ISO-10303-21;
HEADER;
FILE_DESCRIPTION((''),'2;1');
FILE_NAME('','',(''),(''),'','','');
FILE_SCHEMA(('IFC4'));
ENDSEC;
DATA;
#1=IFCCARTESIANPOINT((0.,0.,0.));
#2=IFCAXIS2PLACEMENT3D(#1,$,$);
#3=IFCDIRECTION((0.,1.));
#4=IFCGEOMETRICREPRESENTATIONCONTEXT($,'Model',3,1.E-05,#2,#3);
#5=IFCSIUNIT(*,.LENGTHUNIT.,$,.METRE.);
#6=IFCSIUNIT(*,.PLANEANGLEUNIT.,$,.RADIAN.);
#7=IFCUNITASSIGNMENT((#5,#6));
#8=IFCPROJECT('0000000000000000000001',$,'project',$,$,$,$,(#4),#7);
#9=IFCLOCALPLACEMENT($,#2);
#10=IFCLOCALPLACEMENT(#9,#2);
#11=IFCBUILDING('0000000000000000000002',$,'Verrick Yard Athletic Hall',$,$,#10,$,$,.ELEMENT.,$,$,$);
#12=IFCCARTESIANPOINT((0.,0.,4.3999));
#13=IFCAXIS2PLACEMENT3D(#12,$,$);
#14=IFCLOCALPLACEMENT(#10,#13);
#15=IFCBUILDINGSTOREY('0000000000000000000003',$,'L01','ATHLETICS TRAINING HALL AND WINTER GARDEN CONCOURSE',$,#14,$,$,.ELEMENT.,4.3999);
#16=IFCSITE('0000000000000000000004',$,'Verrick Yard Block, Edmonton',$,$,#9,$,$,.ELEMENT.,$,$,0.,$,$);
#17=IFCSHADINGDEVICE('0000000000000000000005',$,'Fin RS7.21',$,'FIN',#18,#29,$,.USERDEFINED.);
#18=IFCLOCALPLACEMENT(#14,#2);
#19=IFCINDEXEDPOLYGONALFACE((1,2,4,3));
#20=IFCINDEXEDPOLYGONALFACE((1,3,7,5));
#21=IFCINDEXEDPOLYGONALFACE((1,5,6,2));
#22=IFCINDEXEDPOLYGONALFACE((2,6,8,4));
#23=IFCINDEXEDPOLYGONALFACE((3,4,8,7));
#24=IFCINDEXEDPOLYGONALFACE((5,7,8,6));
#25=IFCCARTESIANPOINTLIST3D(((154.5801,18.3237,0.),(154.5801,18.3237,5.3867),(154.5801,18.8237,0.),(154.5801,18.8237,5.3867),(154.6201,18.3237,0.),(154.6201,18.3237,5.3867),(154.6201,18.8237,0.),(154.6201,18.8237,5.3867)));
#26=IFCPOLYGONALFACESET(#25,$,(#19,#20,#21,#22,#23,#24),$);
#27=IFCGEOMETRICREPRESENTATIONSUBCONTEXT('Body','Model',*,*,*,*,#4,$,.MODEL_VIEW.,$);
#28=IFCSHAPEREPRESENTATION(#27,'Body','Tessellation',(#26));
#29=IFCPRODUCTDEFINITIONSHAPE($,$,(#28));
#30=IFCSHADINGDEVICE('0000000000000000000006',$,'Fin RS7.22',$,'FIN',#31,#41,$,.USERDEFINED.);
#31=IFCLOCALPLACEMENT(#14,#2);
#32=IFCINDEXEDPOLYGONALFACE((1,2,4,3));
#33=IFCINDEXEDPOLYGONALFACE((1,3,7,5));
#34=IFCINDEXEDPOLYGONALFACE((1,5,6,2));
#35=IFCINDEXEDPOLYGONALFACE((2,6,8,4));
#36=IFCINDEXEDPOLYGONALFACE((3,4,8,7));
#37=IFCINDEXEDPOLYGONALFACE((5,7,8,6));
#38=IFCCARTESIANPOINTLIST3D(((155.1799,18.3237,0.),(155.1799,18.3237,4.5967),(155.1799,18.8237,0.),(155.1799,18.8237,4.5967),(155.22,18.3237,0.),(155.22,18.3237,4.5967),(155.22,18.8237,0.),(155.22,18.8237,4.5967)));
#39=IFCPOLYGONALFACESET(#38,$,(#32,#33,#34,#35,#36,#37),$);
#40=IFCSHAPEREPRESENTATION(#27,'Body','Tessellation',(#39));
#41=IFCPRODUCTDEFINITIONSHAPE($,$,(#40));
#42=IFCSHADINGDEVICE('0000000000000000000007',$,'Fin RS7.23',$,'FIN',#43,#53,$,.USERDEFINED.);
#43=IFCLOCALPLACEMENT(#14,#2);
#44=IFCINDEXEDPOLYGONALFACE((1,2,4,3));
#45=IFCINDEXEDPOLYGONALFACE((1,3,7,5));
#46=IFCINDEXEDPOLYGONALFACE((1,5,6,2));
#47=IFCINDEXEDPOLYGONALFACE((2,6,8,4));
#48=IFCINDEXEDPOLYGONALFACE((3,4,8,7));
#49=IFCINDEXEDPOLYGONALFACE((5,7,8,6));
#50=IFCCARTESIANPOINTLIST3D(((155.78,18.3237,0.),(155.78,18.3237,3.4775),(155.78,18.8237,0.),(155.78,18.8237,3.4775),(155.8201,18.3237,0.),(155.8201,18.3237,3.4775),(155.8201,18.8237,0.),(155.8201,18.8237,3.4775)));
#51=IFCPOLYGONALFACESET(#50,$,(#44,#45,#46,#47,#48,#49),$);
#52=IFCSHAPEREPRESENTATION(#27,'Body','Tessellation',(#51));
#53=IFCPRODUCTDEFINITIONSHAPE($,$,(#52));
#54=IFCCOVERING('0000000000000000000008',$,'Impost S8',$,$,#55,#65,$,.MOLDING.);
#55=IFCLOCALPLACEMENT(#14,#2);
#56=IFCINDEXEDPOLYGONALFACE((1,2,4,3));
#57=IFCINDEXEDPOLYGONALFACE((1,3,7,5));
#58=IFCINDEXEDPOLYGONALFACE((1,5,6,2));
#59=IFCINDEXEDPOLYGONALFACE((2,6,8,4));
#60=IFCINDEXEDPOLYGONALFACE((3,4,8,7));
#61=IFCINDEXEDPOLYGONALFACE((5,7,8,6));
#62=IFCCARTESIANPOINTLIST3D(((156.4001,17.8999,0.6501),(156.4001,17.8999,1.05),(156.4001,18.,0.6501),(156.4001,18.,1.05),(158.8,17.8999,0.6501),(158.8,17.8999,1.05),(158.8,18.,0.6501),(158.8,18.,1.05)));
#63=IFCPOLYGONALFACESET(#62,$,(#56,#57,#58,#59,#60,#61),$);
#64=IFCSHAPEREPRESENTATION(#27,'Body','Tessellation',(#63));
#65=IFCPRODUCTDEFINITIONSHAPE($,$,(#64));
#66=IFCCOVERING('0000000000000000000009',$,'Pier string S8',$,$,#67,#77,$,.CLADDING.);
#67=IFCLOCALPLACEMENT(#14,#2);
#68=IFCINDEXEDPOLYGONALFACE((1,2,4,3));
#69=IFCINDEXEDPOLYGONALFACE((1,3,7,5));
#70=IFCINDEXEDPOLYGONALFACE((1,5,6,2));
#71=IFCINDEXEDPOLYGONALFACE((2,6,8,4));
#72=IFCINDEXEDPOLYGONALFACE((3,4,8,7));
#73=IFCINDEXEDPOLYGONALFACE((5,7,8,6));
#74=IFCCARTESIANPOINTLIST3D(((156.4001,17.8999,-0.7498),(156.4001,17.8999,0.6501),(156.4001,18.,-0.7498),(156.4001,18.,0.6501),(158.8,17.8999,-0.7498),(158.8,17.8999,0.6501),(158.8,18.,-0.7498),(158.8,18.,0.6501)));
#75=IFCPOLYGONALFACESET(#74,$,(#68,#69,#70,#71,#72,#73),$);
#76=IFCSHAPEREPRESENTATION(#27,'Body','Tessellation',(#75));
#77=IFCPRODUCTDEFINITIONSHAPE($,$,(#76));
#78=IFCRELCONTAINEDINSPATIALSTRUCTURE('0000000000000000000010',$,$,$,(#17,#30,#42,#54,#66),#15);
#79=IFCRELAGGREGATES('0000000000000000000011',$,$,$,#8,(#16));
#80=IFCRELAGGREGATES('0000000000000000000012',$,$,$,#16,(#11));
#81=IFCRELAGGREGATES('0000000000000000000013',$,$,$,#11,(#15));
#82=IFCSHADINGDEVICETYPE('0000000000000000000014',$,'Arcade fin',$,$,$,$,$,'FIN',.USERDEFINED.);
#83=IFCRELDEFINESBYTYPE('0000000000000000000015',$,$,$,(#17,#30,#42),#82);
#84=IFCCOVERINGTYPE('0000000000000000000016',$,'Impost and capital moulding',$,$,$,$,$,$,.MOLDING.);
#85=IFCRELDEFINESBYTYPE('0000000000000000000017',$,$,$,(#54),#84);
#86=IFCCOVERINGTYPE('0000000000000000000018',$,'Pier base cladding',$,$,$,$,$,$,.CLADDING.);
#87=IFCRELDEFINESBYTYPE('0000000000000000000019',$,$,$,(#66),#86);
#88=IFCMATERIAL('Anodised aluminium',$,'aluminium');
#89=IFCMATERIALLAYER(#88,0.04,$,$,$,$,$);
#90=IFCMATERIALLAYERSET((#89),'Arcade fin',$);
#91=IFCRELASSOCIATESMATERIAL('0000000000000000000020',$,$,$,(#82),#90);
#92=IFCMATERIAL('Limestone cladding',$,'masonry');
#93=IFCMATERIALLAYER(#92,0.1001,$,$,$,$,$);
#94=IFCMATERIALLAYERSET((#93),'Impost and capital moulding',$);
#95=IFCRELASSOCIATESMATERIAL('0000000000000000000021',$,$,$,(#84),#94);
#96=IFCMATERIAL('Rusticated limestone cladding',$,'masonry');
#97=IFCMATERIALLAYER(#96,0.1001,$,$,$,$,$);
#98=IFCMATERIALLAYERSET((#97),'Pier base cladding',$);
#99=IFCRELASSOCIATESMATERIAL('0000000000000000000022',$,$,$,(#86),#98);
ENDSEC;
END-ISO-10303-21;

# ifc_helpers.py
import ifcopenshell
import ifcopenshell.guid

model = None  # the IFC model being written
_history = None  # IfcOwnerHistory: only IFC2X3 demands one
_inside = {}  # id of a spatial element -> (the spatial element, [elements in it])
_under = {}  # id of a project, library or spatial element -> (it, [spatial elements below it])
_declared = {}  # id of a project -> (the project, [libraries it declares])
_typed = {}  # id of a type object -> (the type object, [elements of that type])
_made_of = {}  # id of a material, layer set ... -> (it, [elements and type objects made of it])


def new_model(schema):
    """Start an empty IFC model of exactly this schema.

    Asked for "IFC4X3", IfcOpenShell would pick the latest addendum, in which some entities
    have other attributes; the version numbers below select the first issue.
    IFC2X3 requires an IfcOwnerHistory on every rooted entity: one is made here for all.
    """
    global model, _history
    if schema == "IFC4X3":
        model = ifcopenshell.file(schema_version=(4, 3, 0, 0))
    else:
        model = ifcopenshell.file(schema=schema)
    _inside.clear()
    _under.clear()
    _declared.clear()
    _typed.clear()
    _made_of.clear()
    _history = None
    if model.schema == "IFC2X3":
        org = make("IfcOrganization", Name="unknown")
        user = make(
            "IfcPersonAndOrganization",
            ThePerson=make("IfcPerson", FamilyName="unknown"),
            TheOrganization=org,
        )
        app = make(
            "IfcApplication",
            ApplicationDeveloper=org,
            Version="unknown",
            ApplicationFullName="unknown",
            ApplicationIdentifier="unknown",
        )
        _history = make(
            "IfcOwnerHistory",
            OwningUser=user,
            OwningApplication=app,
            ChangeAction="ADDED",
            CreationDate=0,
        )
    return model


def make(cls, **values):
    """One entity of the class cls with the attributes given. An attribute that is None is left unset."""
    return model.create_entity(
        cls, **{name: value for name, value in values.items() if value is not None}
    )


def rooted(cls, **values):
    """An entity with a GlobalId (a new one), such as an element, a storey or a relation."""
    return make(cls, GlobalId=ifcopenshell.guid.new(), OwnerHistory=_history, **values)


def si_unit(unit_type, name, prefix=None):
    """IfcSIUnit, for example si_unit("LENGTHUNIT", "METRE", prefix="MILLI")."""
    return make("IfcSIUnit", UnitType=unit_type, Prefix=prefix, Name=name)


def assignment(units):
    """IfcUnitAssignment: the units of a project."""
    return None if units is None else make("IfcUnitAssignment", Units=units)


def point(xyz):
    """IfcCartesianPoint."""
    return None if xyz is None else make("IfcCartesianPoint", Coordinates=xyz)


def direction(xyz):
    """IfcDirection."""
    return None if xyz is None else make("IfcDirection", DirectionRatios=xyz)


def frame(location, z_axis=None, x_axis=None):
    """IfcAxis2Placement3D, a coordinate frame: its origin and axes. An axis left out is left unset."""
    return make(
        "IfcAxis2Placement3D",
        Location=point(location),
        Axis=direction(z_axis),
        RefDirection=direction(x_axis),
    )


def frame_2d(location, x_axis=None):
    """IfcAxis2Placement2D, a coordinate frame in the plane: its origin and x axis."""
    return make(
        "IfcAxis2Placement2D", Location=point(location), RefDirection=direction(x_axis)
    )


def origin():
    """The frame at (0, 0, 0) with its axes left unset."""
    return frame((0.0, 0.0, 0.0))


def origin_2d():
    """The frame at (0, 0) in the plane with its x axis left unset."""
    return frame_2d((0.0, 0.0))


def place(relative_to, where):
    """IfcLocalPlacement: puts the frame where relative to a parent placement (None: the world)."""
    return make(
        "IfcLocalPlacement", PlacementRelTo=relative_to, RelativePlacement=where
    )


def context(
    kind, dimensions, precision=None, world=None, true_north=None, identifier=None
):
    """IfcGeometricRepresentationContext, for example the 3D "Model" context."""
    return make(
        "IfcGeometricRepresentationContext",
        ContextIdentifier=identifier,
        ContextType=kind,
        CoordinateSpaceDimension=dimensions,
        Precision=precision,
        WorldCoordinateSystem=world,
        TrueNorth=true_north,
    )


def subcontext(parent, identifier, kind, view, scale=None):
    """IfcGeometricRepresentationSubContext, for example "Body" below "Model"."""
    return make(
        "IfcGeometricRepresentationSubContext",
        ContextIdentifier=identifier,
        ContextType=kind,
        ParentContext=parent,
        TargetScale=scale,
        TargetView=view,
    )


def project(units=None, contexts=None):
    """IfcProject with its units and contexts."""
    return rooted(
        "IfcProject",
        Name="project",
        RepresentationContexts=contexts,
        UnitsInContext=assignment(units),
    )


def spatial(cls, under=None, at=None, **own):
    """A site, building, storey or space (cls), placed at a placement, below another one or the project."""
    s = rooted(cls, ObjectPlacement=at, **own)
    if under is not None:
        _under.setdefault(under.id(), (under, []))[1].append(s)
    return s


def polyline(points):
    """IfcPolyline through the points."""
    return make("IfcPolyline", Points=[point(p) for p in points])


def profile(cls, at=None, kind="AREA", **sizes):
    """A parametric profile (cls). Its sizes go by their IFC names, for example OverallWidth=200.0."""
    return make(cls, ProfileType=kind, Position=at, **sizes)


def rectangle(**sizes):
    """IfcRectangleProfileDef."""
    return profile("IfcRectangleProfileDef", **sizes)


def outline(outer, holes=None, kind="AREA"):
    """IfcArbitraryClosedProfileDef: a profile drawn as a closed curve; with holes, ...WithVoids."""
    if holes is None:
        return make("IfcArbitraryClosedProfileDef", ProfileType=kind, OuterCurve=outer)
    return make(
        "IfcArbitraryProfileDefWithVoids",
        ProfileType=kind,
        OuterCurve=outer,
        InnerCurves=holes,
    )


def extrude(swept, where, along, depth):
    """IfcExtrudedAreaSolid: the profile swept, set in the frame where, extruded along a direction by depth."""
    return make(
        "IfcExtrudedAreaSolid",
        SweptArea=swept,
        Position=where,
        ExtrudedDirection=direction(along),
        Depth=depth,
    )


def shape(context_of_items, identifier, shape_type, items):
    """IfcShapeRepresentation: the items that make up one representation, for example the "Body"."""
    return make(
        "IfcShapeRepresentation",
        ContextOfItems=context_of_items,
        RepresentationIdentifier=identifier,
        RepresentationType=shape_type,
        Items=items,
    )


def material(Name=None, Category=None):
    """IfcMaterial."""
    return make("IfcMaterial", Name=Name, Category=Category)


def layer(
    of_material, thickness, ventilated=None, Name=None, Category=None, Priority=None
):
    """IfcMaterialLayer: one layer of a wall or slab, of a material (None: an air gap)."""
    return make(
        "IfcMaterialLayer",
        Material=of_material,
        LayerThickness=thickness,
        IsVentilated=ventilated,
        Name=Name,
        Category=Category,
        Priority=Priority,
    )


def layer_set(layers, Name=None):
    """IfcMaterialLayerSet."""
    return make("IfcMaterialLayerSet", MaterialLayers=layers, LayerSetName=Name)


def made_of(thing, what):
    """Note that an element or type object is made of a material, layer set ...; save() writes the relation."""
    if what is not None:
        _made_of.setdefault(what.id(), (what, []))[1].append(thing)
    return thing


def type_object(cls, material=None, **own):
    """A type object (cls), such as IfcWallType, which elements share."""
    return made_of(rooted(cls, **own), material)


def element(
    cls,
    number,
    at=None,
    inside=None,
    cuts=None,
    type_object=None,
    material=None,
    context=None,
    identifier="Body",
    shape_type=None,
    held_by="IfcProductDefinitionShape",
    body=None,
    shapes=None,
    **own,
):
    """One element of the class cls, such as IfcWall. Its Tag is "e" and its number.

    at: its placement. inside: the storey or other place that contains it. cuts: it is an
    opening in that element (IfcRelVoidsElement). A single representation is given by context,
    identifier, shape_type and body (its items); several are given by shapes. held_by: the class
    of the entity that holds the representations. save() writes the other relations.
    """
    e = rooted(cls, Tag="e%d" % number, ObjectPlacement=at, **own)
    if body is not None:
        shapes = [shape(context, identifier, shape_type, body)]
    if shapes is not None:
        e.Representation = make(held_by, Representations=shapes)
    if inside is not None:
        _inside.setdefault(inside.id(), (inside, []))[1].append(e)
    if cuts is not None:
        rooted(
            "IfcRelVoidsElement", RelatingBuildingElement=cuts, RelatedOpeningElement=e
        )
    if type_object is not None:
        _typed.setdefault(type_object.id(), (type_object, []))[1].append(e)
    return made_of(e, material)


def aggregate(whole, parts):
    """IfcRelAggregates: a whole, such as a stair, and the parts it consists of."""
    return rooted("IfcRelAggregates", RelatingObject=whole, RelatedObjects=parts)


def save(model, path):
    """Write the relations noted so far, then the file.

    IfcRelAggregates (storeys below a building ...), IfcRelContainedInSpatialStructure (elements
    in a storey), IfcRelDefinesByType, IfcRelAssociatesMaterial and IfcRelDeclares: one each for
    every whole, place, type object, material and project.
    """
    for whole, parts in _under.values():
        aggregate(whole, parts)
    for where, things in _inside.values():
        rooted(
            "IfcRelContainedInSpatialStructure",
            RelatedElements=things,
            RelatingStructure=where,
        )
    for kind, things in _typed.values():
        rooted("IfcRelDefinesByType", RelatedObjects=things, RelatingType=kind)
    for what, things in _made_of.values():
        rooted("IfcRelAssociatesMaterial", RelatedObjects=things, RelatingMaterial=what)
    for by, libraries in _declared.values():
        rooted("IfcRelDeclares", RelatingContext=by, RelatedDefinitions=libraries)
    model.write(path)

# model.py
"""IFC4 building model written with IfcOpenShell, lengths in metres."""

from ifc_helpers import new_model, si_unit, direction, frame, origin, origin_2d, place, context, subcontext, project, spatial, polyline, rectangle, outline, extrude, material, layer, layer_set, type_object, element, save


model = new_model("IFC4")

# Units and contexts
model_context = context("Model", 3, precision=1e-05, world=origin(), true_north=direction((0.0, 1.0)))
body_context = subcontext(model_context, "Body", "Model", "MODEL_VIEW")
ifc_project = project(units=[si_unit("LENGTHUNIT", "METRE"), si_unit("PLANEANGLEUNIT", "RADIAN")], contexts=[model_context])

# Site, building, storey
site_placement = place(None, origin())
site = spatial("IfcSite", under=ifc_project, at=site_placement, Name="Verrick Yard Block, Edmonton", CompositionType="ELEMENT", RefElevation=0.0)
building_placement = place(site_placement, origin())
building = spatial("IfcBuilding", under=site, at=building_placement, Name="Verrick Yard Athletic Hall", CompositionType="ELEMENT")
storey_placement = place(building_placement, frame((0.0, 0.0, 4.3999)))
storey = spatial("IfcBuildingStorey", under=building, at=storey_placement, Name="L01", Description="ATHLETICS TRAINING HALL AND WINTER GARDEN CONCOURSE", CompositionType="ELEMENT", Elevation=4.3999)

# Shading devices
ifc_material_1 = material(Name="Anodised aluminium", Category="aluminium")
ifc_layer_1 = layer(ifc_material_1, 0.04)
ifc_layer_set_1 = layer_set([ifc_layer_1], Name="Arcade fin")
shading_device_type = type_object("IfcShadingDeviceType", Name="Arcade fin", ElementType="FIN", PredefinedType="USERDEFINED", material=ifc_layer_set_1)
shading_device_1_placement = place(storey_placement, frame((154.6001, 18.8237, 0.0), z_axis=(0.0, 0.0, 1.0), x_axis=(0.0, -1.0, 0.0)))
element("IfcShadingDevice", 1, at=shading_device_1_placement, inside=storey, type_object=shading_device_type, Name="Fin RS7.21", ObjectType="FIN", PredefinedType="USERDEFINED", context=body_context, shape_type="SweptSolid", body=[
    extrude(outline(polyline([(0.0, 0.0), (0.5, 0.0), (0.5, 5.3867), (0.0, 5.3867), (0.0, 0.0)])), frame((0.0, 0.02, 0.0), z_axis=(0.0, -1.0, 0.0), x_axis=(1.0, 0.0, 0.0)), (0.0, 0.0, 1.0), 0.04),
])
shading_device_2_placement = place(storey_placement, frame((155.2, 18.8237, 0.0), z_axis=(0.0, 0.0, 1.0), x_axis=(0.0, -1.0, 0.0)))
element("IfcShadingDevice", 2, at=shading_device_2_placement, inside=storey, type_object=shading_device_type, Name="Fin RS7.22", ObjectType="FIN", PredefinedType="USERDEFINED", context=body_context, shape_type="SweptSolid", body=[
    extrude(outline(polyline([(0.0, 0.0), (0.5, 0.0), (0.5, 4.5967), (0.0, 4.5967), (0.0, 0.0)])), frame((0.0, 0.02, 0.0), z_axis=(0.0, -1.0, 0.0), x_axis=(1.0, 0.0, 0.0)), (0.0, 0.0, 1.0), 0.04),
])
shading_device_3_placement = place(storey_placement, frame((155.8, 18.8237, 0.0), z_axis=(0.0, 0.0, 1.0), x_axis=(0.0, -1.0, 0.0)))
element("IfcShadingDevice", 3, at=shading_device_3_placement, inside=storey, type_object=shading_device_type, Name="Fin RS7.23", ObjectType="FIN", PredefinedType="USERDEFINED", context=body_context, shape_type="SweptSolid", body=[
    extrude(outline(polyline([(0.0, 0.0), (0.5, 0.0), (0.5, 3.4775), (0.0, 3.4775), (0.0, 0.0)])), frame((0.0, 0.02, 0.0), z_axis=(0.0, -1.0, 0.0), x_axis=(1.0, 0.0, 0.0)), (0.0, 0.0, 1.0), 0.04),
])

# Coverings
ifc_material_2 = material(Name="Limestone cladding", Category="masonry")
ifc_layer_2 = layer(ifc_material_2, 0.1001)
ifc_layer_set_2 = layer_set([ifc_layer_2], Name="Impost and capital moulding")
covering_type_1 = type_object("IfcCoveringType", Name="Impost and capital moulding", PredefinedType="MOLDING", material=ifc_layer_set_2)
covering_1_placement = place(storey_placement, frame((157.6001, 17.95, 0.6501), z_axis=(0.0, 0.0, 1.0), x_axis=(1.0, 0.0, 0.0)))
element("IfcCovering", 4, at=covering_1_placement, inside=storey, type_object=covering_type_1, Name="Impost S8", PredefinedType="MOLDING", context=body_context, shape_type="SweptSolid", body=[
    extrude(rectangle(XDim=2.3999, YDim=0.1001, at=origin_2d()), origin(), (0.0, 0.0, 1.0), 0.3999),
])
ifc_material_3 = material(Name="Rusticated limestone cladding", Category="masonry")
ifc_layer_3 = layer(ifc_material_3, 0.1001)
ifc_layer_set_3 = layer_set([ifc_layer_3], Name="Pier base cladding")
covering_type_2 = type_object("IfcCoveringType", Name="Pier base cladding", PredefinedType="CLADDING", material=ifc_layer_set_3)
covering_2_placement = place(storey_placement, frame((157.6001, 17.95, -0.7498), z_axis=(0.0, 0.0, 1.0), x_axis=(1.0, 0.0, 0.0)))
element("IfcCovering", 5, at=covering_2_placement, inside=storey, type_object=covering_type_2, Name="Pier string S8", PredefinedType="CLADDING", context=body_context, shape_type="SweptSolid", body=[
    extrude(rectangle(XDim=2.3999, YDim=0.1001, at=origin_2d()), origin(), (0.0, 0.0, 1.0), 1.3999),
])

save(model, "model.ifc")
